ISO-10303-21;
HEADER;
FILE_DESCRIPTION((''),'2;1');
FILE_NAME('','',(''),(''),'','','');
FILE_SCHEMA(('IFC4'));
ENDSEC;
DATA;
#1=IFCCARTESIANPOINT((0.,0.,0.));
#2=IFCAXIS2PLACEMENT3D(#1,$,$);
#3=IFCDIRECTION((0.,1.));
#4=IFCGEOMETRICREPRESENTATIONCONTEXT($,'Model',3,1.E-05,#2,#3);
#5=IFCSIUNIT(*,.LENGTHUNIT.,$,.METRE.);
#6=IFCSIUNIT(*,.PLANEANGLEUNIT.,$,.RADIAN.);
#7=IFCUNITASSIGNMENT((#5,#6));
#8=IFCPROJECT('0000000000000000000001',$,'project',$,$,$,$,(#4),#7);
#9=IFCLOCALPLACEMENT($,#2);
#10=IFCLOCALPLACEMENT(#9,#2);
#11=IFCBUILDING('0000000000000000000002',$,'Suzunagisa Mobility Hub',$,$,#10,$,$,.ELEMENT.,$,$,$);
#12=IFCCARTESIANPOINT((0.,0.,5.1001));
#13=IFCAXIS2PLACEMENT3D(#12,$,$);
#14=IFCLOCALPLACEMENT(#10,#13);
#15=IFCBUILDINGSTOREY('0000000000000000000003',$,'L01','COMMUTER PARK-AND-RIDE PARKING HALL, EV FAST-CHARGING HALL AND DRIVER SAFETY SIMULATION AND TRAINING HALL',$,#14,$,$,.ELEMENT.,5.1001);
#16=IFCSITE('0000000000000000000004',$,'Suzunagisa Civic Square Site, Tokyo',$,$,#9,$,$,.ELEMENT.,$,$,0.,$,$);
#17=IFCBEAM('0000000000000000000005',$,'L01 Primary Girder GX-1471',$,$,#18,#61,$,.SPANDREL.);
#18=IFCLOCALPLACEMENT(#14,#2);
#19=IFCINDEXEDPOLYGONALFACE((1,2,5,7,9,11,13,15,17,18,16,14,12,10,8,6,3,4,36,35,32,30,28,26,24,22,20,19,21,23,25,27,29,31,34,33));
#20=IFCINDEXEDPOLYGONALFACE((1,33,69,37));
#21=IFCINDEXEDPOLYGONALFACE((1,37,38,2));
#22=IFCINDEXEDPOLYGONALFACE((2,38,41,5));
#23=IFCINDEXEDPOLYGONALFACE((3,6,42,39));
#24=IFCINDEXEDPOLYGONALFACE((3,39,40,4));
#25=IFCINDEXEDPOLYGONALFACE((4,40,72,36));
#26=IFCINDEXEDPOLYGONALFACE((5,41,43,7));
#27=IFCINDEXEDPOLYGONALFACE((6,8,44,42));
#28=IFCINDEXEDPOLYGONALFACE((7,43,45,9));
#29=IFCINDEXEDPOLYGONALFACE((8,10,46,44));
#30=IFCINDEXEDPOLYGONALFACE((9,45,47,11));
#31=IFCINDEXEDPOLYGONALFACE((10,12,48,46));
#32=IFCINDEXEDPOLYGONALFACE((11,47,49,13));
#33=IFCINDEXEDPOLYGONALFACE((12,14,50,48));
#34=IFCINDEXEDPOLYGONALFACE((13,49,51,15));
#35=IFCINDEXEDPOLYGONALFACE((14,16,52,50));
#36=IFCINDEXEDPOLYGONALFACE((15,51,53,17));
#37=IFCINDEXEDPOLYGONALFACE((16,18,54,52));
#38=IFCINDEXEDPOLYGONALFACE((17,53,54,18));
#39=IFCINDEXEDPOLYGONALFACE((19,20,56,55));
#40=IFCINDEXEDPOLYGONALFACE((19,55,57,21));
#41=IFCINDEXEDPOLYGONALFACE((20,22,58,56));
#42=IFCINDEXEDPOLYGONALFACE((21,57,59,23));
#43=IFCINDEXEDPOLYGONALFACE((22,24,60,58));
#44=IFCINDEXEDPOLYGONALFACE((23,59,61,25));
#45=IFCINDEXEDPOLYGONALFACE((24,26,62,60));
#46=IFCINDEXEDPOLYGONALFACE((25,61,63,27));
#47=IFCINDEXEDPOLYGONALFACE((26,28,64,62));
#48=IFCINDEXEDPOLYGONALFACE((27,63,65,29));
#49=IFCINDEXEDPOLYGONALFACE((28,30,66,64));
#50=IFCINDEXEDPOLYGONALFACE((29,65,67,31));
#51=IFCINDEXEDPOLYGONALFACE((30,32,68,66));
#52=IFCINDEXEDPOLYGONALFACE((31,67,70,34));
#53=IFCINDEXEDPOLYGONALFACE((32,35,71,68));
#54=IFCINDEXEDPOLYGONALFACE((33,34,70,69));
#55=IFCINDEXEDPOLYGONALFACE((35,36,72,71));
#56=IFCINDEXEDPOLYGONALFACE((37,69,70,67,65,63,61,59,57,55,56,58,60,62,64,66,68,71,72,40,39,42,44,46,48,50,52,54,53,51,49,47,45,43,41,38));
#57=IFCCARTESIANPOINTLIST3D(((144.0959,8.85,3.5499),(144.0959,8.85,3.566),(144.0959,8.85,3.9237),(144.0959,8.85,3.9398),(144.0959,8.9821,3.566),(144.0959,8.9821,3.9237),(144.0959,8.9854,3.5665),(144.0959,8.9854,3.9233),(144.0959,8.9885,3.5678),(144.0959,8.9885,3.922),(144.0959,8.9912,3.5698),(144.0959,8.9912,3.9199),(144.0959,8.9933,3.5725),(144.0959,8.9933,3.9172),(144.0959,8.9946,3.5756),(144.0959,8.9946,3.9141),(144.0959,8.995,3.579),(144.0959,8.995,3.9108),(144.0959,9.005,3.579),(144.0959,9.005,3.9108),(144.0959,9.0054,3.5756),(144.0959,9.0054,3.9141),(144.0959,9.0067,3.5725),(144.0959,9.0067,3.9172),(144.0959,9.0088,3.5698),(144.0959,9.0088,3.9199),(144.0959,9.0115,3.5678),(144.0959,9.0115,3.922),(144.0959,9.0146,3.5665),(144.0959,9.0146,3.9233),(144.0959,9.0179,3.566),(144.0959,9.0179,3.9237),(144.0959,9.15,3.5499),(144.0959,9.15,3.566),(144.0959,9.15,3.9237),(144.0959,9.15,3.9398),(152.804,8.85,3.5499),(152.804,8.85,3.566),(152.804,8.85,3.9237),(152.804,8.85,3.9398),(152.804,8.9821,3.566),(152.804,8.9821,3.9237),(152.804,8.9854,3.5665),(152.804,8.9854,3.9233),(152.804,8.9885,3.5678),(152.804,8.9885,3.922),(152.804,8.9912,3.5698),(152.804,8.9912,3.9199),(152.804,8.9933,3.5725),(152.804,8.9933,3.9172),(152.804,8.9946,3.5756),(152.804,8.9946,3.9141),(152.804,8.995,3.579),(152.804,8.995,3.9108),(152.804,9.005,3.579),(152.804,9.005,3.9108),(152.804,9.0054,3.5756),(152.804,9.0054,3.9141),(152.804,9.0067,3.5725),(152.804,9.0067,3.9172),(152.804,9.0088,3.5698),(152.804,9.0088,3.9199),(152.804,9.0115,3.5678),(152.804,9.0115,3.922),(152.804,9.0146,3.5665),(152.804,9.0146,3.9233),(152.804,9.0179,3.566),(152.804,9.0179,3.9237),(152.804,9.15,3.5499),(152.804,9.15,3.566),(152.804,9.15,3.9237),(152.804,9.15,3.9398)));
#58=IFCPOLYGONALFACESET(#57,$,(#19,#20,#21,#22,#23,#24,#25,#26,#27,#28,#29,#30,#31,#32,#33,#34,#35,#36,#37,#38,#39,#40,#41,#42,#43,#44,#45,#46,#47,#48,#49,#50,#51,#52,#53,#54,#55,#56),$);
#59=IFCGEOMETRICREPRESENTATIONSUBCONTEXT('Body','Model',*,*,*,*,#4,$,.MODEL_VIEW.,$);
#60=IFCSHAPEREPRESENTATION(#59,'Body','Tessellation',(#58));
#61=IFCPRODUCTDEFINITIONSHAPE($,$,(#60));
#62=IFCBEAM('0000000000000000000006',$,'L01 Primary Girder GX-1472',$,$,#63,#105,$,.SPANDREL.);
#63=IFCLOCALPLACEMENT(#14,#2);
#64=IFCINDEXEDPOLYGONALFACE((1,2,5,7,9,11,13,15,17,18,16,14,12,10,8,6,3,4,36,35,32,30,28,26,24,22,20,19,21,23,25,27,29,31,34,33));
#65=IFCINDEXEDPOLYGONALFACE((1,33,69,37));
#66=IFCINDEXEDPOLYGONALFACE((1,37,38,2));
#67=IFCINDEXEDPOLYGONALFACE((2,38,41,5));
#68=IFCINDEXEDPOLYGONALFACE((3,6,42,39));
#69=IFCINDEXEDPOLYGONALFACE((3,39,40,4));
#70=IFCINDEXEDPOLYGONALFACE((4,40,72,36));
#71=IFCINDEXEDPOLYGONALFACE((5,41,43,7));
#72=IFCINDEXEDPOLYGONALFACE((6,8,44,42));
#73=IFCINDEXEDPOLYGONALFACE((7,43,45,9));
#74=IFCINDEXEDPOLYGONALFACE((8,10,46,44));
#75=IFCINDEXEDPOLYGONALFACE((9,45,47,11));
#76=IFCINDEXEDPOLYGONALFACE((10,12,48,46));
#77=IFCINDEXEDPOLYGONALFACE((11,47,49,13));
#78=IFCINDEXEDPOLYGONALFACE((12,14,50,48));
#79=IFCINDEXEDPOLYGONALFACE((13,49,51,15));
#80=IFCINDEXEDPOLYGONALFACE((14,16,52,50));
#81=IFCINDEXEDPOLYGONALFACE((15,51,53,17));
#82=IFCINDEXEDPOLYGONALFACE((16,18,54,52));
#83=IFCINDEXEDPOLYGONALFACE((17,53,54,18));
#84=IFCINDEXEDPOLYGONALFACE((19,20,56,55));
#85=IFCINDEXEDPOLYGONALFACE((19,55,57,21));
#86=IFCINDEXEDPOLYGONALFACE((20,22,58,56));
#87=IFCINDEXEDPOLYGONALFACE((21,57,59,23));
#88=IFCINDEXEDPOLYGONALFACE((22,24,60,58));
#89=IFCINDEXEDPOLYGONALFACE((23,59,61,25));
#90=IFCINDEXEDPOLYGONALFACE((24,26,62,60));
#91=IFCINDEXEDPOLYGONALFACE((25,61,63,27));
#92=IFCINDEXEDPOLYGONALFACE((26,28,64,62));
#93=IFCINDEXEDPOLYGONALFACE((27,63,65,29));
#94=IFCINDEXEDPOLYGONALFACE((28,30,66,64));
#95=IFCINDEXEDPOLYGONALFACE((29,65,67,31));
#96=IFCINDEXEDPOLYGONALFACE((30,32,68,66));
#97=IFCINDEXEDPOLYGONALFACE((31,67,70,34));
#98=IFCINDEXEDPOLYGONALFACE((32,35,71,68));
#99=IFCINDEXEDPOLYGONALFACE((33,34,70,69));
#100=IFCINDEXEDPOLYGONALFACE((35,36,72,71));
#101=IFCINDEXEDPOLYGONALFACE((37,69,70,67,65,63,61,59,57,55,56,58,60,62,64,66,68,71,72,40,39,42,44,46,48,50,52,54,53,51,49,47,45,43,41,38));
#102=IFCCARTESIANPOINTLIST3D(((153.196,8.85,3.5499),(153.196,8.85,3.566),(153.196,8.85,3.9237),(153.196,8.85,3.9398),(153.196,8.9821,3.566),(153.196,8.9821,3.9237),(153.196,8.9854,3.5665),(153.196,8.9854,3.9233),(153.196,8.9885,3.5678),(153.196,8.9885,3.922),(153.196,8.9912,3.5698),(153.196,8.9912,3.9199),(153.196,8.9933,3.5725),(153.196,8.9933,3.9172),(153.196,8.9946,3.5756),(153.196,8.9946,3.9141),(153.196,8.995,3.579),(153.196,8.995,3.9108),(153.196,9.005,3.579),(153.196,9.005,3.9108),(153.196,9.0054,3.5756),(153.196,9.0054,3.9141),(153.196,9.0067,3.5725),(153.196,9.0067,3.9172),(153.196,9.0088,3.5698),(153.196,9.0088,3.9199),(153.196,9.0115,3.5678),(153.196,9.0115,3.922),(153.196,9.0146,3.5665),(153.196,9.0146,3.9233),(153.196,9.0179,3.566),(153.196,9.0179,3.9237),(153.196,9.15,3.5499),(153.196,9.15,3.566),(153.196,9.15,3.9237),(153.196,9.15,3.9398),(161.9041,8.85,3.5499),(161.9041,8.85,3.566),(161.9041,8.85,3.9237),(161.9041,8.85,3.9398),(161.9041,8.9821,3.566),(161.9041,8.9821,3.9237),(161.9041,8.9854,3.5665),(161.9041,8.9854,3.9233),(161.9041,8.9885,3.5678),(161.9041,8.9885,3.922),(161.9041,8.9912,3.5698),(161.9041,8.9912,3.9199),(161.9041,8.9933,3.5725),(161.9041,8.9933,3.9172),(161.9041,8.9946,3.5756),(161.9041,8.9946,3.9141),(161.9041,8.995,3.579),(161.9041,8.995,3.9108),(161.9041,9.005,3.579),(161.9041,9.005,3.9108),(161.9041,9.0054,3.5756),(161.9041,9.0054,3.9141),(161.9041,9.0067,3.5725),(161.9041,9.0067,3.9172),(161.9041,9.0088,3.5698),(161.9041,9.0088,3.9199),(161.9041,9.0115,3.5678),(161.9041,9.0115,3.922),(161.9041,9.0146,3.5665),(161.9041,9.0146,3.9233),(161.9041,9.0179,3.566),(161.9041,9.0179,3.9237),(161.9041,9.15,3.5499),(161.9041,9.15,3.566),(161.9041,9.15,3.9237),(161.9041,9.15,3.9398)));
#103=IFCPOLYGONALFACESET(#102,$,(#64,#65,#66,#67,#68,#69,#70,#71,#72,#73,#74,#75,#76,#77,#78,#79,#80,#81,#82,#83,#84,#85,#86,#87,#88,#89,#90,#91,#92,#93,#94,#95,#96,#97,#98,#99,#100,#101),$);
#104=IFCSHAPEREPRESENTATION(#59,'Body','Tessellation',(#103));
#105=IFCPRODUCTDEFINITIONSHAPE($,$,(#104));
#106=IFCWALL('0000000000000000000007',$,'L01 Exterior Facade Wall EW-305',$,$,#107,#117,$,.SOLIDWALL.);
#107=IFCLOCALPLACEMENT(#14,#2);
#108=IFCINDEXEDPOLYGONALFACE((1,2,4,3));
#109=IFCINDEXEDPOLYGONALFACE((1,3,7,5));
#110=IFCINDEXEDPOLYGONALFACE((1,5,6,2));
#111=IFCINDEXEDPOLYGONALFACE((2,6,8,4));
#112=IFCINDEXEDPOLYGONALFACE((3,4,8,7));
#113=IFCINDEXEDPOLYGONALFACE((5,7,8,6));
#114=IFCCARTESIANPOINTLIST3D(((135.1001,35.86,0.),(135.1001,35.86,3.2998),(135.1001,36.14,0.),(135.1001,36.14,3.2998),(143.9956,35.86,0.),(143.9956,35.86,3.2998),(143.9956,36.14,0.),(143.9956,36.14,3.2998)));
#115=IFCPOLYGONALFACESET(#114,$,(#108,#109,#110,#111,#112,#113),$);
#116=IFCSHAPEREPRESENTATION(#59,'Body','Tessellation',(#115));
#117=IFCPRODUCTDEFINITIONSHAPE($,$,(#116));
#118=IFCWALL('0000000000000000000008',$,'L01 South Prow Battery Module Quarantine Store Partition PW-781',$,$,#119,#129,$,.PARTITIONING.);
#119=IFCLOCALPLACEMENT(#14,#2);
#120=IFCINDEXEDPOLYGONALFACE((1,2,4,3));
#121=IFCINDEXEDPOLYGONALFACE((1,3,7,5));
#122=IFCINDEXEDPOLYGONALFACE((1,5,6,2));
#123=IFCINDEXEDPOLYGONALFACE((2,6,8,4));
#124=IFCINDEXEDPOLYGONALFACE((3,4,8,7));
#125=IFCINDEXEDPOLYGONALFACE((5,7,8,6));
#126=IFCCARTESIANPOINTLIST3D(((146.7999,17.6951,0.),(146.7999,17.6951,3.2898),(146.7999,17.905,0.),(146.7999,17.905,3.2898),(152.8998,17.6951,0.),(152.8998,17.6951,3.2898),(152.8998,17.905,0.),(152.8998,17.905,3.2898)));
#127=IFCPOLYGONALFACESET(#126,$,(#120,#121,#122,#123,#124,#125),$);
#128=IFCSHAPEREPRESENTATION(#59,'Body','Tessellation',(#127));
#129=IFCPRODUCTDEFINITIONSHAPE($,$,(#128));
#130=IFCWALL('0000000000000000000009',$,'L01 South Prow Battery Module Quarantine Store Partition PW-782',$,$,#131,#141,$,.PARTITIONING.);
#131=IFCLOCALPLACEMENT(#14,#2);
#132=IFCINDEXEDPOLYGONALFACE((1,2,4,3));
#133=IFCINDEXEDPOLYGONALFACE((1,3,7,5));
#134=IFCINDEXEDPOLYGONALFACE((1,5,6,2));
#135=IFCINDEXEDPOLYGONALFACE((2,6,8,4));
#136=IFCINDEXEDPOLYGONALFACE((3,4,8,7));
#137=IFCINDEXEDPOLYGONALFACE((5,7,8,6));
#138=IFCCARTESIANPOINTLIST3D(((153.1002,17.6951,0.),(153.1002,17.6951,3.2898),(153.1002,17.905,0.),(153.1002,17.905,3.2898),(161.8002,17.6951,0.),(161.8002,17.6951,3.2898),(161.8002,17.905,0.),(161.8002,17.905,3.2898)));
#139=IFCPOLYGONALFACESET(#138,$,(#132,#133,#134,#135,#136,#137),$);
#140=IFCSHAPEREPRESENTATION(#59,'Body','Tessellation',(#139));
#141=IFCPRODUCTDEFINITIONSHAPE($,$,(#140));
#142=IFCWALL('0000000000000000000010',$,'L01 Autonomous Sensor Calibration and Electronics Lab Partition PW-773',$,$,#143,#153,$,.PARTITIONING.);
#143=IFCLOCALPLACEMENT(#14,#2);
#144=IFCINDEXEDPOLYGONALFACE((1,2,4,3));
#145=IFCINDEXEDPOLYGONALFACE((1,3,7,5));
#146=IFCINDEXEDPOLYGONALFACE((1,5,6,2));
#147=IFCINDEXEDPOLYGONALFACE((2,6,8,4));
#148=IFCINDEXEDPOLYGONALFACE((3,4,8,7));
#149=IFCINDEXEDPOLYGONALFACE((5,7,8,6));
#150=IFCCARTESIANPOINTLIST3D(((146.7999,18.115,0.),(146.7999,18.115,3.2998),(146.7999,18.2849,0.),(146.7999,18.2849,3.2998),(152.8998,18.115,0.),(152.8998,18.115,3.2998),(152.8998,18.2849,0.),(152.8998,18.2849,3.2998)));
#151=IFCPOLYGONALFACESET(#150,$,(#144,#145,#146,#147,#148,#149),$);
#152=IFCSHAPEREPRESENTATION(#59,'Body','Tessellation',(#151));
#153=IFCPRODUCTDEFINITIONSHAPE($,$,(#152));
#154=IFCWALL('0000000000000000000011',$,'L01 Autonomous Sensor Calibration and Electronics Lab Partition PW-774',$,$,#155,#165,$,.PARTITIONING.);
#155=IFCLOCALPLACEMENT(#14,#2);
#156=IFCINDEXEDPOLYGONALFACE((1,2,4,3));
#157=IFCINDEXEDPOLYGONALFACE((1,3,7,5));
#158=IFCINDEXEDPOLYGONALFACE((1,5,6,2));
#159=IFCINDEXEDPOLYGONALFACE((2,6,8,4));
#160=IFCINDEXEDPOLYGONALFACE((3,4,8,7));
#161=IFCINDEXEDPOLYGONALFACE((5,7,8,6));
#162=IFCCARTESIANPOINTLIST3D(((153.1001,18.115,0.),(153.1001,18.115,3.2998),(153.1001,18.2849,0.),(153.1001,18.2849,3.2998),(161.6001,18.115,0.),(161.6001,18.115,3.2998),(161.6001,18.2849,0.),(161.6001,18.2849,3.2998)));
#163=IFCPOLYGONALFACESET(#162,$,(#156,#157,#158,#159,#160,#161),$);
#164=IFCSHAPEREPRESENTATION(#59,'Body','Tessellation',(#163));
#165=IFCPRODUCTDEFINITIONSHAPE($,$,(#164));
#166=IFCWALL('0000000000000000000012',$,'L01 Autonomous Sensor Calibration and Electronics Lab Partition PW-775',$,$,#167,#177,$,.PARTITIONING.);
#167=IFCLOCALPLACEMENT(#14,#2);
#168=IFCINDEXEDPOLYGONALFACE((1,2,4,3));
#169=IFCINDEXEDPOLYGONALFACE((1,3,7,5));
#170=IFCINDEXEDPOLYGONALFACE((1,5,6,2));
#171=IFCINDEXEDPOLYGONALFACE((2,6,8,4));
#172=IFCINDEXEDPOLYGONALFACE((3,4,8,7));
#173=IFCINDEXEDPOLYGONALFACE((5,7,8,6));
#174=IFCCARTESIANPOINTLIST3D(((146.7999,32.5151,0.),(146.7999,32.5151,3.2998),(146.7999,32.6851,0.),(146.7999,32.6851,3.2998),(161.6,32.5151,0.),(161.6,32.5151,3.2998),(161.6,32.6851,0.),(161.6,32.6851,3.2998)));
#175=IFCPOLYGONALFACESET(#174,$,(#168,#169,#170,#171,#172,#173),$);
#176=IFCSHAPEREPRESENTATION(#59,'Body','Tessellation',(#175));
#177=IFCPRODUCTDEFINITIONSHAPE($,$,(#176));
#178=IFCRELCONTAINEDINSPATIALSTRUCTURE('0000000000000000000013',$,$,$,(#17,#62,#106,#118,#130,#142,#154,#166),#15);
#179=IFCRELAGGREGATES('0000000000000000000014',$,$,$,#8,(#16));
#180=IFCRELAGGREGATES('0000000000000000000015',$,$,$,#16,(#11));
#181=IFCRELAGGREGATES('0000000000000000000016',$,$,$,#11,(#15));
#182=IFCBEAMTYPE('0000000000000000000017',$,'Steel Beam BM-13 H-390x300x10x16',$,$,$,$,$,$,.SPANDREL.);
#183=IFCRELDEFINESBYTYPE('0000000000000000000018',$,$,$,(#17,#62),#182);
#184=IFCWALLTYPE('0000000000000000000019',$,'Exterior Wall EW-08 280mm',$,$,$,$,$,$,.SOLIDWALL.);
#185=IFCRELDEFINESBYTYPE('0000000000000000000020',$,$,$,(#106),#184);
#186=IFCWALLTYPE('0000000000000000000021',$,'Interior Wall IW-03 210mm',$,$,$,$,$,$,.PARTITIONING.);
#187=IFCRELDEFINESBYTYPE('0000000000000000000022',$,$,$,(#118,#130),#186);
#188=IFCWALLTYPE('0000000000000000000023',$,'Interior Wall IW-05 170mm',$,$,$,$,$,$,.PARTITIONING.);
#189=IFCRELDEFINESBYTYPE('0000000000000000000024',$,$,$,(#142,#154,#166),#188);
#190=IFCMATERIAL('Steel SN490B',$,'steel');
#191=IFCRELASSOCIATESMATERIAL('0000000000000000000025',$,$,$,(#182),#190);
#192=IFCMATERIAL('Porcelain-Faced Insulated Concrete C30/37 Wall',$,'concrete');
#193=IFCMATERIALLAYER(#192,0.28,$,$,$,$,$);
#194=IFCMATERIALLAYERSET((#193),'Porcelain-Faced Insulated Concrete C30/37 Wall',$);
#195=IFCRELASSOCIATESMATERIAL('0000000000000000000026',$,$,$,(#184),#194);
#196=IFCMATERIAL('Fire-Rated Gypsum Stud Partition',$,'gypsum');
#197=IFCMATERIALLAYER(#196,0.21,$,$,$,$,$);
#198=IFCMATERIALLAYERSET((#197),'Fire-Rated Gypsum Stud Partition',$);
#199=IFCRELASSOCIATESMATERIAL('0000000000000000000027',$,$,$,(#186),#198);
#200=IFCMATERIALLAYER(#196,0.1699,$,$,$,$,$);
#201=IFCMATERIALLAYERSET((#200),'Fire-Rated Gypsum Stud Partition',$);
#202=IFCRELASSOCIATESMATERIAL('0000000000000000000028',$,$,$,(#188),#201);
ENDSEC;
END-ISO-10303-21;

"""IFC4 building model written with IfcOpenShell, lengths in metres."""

from ifc_helpers import new_model, si_unit, direction, frame, frame_2d, origin, origin_2d, place, context, subcontext, project, spatial, rectangle, i_section, extrude, material, layer, layer_set, material_profile, profile_set, type_object, element, save


model = new_model("IFC4")

# Units and contexts
model_context = context("Model", 3, precision=1e-05, world=origin(), true_north=direction((0.0, 1.0)))
body_context = subcontext(model_context, "Body", "Model", "MODEL_VIEW")
ifc_project = project(units=[si_unit("LENGTHUNIT", "METRE"), si_unit("PLANEANGLEUNIT", "RADIAN")], contexts=[model_context])

# Site, building, storey
site_placement = place(None, origin())
site = spatial("IfcSite", under=ifc_project, at=site_placement, Name="Suzunagisa Civic Square Site, Tokyo", CompositionType="ELEMENT", RefElevation=0.0)
building_placement = place(site_placement, origin())
building = spatial("IfcBuilding", under=site, at=building_placement, Name="Suzunagisa Mobility Hub", CompositionType="ELEMENT")
storey_placement = place(building_placement, frame((0.0, 0.0, 5.1001)))
storey = spatial("IfcBuildingStorey", under=building, at=storey_placement, Name="L01", Description="COMMUTER PARK-AND-RIDE PARKING HALL, EV FAST-CHARGING HALL AND DRIVER SAFETY SIMULATION AND TRAINING HALL", CompositionType="ELEMENT", Elevation=5.1001)

# Shared definitions
ifc_material_1 = material(Name="Steel SN490B", Category="steel")

# Beams
ifc_material_profile_1 = material_profile(ifc_material_1, i_section(OverallWidth=0.3, OverallDepth=0.3899, WebThickness=0.01, FlangeThickness=0.0161, FilletRadius=0.0129, at=origin_2d()), Name="H-390x300x10x16")
ifc_profile_set_1 = profile_set([ifc_material_profile_1], Name="Steel SN490B")
beam_type_1 = type_object("IfcBeamType", Name="Steel Beam BM-13 H-390x300x10x16", PredefinedType="SPANDREL", material=ifc_profile_set_1)
for number, where, z_axis, x_axis, name in (
    (1, (144.0959, 9.0, 3.7449), (1.0, 0.0, 0.0), (0.0, 1.0, 0.0), "L01 Primary Girder GX-1471"),
    (2, (153.196, 9.0, 3.7449), (1.0, 0.0, 0.0), (0.0, 1.0, 0.0), "L01 Primary Girder GX-1472"),
):
    element("IfcBeam", number, at=place(storey_placement, frame(where, z_axis=z_axis, x_axis=x_axis)), inside=storey, type_object=beam_type_1, Name=name, PredefinedType="SPANDREL", context=body_context, shape_type="SweptSolid", body=[
        extrude(i_section(OverallWidth=0.3, OverallDepth=0.3899, WebThickness=0.01, FlangeThickness=0.0161, FilletRadius=0.0129, at=origin_2d()), origin(), (0.0, 0.0, 1.0), 8.708),
    ])

# Wall
ifc_material_2 = material(Name="Porcelain-Faced Insulated Concrete C30/37 Wall", Category="concrete")
ifc_layer_1 = layer(ifc_material_2, 0.28)
ifc_layer_set_1 = layer_set([ifc_layer_1], Name="Porcelain-Faced Insulated Concrete C30/37 Wall")
wall_type_1 = type_object("IfcWallType", Name="Exterior Wall EW-08 280mm", PredefinedType="SOLIDWALL", material=ifc_layer_set_1)
wall_1_placement = place(storey_placement, frame((143.9956, 36.0, 0.0), z_axis=(0.0, 0.0, 1.0), x_axis=(-1.0, 0.0, 0.0)))
element("IfcWall", 3, at=wall_1_placement, inside=storey, type_object=wall_type_1, Name="L01 Exterior Facade Wall EW-305", PredefinedType="SOLIDWALL", context=body_context, shape_type="SweptSolid", body=[
    extrude(rectangle(XDim=8.8955, YDim=0.28, at=frame_2d((4.4478, 0.0))), origin(), (0.0, 0.0, 1.0), 3.2998),
])

# Shared definitions
ifc_material_3 = material(Name="Fire-Rated Gypsum Stud Partition", Category="gypsum")
ifc_layer_2 = layer(ifc_material_3, 0.21)
ifc_layer_set_2 = layer_set([ifc_layer_2], Name="Fire-Rated Gypsum Stud Partition")
wall_type_2 = type_object("IfcWallType", Name="Interior Wall IW-03 210mm", PredefinedType="PARTITIONING", material=ifc_layer_set_2)

# Walls
wall_2_placement = place(storey_placement, frame((146.8, 17.8, 0.0), z_axis=(0.0, 0.0, 1.0), x_axis=(1.0, 0.0, 0.0)))
element("IfcWall", 4, at=wall_2_placement, inside=storey, type_object=wall_type_2, Name="L01 South Prow Battery Module Quarantine Store Partition PW-781", PredefinedType="PARTITIONING", context=body_context, shape_type="SweptSolid", body=[
    extrude(rectangle(XDim=6.0999, YDim=0.21, at=frame_2d((3.0498, 0.0))), origin(), (0.0, 0.0, 1.0), 3.2898),
])
wall_3_placement = place(storey_placement, frame((153.1001, 17.8, 0.0), z_axis=(0.0, 0.0, 1.0), x_axis=(1.0, 0.0, 0.0)))
element("IfcWall", 5, at=wall_3_placement, inside=storey, type_object=wall_type_2, Name="L01 South Prow Battery Module Quarantine Store Partition PW-782", PredefinedType="PARTITIONING", context=body_context, shape_type="SweptSolid", body=[
    extrude(rectangle(XDim=8.7, YDim=0.21, at=frame_2d((4.3501, 0.0))), origin(), (0.0, 0.0, 1.0), 3.2898),
])
ifc_layer_3 = layer(ifc_material_3, 0.1699)
ifc_layer_set_3 = layer_set([ifc_layer_3], Name="Fire-Rated Gypsum Stud Partition")
wall_type_3 = type_object("IfcWallType", Name="Interior Wall IW-05 170mm", PredefinedType="PARTITIONING", material=ifc_layer_set_3)
wall_4_placement = place(storey_placement, frame((146.8, 18.2, 0.0), z_axis=(0.0, 0.0, 1.0), x_axis=(1.0, 0.0, 0.0)))
element("IfcWall", 6, at=wall_4_placement, inside=storey, type_object=wall_type_3, Name="L01 Autonomous Sensor Calibration and Electronics Lab Partition PW-773", PredefinedType="PARTITIONING", context=body_context, shape_type="SweptSolid", body=[
    extrude(rectangle(XDim=6.0999, YDim=0.1699, at=frame_2d((3.0498, 0.0))), origin(), (0.0, 0.0, 1.0), 3.2998),
])
wall_5_placement = place(storey_placement, frame((153.1001, 18.2, 0.0), z_axis=(0.0, 0.0, 1.0), x_axis=(1.0, 0.0, 0.0)))
element("IfcWall", 7, at=wall_5_placement, inside=storey, type_object=wall_type_3, Name="L01 Autonomous Sensor Calibration and Electronics Lab Partition PW-774", PredefinedType="PARTITIONING", context=body_context, shape_type="SweptSolid", body=[
    extrude(rectangle(XDim=8.5, YDim=0.1699, at=frame_2d((4.25, 0.0))), origin(), (0.0, 0.0, 1.0), 3.2998),
])
wall_6_placement = place(storey_placement, frame((146.8, 32.6001, 0.0), z_axis=(0.0, 0.0, 1.0), x_axis=(1.0, 0.0, 0.0)))
element("IfcWall", 8, at=wall_6_placement, inside=storey, type_object=wall_type_3, Name="L01 Autonomous Sensor Calibration and Electronics Lab Partition PW-775", PredefinedType="PARTITIONING", context=body_context, shape_type="SweptSolid", body=[
    extrude(rectangle(XDim=14.8, YDim=0.1699, at=frame_2d((7.3999, 0.0))), origin(), (0.0, 0.0, 1.0), 3.2998),
])

save(model, "model.ifc")
